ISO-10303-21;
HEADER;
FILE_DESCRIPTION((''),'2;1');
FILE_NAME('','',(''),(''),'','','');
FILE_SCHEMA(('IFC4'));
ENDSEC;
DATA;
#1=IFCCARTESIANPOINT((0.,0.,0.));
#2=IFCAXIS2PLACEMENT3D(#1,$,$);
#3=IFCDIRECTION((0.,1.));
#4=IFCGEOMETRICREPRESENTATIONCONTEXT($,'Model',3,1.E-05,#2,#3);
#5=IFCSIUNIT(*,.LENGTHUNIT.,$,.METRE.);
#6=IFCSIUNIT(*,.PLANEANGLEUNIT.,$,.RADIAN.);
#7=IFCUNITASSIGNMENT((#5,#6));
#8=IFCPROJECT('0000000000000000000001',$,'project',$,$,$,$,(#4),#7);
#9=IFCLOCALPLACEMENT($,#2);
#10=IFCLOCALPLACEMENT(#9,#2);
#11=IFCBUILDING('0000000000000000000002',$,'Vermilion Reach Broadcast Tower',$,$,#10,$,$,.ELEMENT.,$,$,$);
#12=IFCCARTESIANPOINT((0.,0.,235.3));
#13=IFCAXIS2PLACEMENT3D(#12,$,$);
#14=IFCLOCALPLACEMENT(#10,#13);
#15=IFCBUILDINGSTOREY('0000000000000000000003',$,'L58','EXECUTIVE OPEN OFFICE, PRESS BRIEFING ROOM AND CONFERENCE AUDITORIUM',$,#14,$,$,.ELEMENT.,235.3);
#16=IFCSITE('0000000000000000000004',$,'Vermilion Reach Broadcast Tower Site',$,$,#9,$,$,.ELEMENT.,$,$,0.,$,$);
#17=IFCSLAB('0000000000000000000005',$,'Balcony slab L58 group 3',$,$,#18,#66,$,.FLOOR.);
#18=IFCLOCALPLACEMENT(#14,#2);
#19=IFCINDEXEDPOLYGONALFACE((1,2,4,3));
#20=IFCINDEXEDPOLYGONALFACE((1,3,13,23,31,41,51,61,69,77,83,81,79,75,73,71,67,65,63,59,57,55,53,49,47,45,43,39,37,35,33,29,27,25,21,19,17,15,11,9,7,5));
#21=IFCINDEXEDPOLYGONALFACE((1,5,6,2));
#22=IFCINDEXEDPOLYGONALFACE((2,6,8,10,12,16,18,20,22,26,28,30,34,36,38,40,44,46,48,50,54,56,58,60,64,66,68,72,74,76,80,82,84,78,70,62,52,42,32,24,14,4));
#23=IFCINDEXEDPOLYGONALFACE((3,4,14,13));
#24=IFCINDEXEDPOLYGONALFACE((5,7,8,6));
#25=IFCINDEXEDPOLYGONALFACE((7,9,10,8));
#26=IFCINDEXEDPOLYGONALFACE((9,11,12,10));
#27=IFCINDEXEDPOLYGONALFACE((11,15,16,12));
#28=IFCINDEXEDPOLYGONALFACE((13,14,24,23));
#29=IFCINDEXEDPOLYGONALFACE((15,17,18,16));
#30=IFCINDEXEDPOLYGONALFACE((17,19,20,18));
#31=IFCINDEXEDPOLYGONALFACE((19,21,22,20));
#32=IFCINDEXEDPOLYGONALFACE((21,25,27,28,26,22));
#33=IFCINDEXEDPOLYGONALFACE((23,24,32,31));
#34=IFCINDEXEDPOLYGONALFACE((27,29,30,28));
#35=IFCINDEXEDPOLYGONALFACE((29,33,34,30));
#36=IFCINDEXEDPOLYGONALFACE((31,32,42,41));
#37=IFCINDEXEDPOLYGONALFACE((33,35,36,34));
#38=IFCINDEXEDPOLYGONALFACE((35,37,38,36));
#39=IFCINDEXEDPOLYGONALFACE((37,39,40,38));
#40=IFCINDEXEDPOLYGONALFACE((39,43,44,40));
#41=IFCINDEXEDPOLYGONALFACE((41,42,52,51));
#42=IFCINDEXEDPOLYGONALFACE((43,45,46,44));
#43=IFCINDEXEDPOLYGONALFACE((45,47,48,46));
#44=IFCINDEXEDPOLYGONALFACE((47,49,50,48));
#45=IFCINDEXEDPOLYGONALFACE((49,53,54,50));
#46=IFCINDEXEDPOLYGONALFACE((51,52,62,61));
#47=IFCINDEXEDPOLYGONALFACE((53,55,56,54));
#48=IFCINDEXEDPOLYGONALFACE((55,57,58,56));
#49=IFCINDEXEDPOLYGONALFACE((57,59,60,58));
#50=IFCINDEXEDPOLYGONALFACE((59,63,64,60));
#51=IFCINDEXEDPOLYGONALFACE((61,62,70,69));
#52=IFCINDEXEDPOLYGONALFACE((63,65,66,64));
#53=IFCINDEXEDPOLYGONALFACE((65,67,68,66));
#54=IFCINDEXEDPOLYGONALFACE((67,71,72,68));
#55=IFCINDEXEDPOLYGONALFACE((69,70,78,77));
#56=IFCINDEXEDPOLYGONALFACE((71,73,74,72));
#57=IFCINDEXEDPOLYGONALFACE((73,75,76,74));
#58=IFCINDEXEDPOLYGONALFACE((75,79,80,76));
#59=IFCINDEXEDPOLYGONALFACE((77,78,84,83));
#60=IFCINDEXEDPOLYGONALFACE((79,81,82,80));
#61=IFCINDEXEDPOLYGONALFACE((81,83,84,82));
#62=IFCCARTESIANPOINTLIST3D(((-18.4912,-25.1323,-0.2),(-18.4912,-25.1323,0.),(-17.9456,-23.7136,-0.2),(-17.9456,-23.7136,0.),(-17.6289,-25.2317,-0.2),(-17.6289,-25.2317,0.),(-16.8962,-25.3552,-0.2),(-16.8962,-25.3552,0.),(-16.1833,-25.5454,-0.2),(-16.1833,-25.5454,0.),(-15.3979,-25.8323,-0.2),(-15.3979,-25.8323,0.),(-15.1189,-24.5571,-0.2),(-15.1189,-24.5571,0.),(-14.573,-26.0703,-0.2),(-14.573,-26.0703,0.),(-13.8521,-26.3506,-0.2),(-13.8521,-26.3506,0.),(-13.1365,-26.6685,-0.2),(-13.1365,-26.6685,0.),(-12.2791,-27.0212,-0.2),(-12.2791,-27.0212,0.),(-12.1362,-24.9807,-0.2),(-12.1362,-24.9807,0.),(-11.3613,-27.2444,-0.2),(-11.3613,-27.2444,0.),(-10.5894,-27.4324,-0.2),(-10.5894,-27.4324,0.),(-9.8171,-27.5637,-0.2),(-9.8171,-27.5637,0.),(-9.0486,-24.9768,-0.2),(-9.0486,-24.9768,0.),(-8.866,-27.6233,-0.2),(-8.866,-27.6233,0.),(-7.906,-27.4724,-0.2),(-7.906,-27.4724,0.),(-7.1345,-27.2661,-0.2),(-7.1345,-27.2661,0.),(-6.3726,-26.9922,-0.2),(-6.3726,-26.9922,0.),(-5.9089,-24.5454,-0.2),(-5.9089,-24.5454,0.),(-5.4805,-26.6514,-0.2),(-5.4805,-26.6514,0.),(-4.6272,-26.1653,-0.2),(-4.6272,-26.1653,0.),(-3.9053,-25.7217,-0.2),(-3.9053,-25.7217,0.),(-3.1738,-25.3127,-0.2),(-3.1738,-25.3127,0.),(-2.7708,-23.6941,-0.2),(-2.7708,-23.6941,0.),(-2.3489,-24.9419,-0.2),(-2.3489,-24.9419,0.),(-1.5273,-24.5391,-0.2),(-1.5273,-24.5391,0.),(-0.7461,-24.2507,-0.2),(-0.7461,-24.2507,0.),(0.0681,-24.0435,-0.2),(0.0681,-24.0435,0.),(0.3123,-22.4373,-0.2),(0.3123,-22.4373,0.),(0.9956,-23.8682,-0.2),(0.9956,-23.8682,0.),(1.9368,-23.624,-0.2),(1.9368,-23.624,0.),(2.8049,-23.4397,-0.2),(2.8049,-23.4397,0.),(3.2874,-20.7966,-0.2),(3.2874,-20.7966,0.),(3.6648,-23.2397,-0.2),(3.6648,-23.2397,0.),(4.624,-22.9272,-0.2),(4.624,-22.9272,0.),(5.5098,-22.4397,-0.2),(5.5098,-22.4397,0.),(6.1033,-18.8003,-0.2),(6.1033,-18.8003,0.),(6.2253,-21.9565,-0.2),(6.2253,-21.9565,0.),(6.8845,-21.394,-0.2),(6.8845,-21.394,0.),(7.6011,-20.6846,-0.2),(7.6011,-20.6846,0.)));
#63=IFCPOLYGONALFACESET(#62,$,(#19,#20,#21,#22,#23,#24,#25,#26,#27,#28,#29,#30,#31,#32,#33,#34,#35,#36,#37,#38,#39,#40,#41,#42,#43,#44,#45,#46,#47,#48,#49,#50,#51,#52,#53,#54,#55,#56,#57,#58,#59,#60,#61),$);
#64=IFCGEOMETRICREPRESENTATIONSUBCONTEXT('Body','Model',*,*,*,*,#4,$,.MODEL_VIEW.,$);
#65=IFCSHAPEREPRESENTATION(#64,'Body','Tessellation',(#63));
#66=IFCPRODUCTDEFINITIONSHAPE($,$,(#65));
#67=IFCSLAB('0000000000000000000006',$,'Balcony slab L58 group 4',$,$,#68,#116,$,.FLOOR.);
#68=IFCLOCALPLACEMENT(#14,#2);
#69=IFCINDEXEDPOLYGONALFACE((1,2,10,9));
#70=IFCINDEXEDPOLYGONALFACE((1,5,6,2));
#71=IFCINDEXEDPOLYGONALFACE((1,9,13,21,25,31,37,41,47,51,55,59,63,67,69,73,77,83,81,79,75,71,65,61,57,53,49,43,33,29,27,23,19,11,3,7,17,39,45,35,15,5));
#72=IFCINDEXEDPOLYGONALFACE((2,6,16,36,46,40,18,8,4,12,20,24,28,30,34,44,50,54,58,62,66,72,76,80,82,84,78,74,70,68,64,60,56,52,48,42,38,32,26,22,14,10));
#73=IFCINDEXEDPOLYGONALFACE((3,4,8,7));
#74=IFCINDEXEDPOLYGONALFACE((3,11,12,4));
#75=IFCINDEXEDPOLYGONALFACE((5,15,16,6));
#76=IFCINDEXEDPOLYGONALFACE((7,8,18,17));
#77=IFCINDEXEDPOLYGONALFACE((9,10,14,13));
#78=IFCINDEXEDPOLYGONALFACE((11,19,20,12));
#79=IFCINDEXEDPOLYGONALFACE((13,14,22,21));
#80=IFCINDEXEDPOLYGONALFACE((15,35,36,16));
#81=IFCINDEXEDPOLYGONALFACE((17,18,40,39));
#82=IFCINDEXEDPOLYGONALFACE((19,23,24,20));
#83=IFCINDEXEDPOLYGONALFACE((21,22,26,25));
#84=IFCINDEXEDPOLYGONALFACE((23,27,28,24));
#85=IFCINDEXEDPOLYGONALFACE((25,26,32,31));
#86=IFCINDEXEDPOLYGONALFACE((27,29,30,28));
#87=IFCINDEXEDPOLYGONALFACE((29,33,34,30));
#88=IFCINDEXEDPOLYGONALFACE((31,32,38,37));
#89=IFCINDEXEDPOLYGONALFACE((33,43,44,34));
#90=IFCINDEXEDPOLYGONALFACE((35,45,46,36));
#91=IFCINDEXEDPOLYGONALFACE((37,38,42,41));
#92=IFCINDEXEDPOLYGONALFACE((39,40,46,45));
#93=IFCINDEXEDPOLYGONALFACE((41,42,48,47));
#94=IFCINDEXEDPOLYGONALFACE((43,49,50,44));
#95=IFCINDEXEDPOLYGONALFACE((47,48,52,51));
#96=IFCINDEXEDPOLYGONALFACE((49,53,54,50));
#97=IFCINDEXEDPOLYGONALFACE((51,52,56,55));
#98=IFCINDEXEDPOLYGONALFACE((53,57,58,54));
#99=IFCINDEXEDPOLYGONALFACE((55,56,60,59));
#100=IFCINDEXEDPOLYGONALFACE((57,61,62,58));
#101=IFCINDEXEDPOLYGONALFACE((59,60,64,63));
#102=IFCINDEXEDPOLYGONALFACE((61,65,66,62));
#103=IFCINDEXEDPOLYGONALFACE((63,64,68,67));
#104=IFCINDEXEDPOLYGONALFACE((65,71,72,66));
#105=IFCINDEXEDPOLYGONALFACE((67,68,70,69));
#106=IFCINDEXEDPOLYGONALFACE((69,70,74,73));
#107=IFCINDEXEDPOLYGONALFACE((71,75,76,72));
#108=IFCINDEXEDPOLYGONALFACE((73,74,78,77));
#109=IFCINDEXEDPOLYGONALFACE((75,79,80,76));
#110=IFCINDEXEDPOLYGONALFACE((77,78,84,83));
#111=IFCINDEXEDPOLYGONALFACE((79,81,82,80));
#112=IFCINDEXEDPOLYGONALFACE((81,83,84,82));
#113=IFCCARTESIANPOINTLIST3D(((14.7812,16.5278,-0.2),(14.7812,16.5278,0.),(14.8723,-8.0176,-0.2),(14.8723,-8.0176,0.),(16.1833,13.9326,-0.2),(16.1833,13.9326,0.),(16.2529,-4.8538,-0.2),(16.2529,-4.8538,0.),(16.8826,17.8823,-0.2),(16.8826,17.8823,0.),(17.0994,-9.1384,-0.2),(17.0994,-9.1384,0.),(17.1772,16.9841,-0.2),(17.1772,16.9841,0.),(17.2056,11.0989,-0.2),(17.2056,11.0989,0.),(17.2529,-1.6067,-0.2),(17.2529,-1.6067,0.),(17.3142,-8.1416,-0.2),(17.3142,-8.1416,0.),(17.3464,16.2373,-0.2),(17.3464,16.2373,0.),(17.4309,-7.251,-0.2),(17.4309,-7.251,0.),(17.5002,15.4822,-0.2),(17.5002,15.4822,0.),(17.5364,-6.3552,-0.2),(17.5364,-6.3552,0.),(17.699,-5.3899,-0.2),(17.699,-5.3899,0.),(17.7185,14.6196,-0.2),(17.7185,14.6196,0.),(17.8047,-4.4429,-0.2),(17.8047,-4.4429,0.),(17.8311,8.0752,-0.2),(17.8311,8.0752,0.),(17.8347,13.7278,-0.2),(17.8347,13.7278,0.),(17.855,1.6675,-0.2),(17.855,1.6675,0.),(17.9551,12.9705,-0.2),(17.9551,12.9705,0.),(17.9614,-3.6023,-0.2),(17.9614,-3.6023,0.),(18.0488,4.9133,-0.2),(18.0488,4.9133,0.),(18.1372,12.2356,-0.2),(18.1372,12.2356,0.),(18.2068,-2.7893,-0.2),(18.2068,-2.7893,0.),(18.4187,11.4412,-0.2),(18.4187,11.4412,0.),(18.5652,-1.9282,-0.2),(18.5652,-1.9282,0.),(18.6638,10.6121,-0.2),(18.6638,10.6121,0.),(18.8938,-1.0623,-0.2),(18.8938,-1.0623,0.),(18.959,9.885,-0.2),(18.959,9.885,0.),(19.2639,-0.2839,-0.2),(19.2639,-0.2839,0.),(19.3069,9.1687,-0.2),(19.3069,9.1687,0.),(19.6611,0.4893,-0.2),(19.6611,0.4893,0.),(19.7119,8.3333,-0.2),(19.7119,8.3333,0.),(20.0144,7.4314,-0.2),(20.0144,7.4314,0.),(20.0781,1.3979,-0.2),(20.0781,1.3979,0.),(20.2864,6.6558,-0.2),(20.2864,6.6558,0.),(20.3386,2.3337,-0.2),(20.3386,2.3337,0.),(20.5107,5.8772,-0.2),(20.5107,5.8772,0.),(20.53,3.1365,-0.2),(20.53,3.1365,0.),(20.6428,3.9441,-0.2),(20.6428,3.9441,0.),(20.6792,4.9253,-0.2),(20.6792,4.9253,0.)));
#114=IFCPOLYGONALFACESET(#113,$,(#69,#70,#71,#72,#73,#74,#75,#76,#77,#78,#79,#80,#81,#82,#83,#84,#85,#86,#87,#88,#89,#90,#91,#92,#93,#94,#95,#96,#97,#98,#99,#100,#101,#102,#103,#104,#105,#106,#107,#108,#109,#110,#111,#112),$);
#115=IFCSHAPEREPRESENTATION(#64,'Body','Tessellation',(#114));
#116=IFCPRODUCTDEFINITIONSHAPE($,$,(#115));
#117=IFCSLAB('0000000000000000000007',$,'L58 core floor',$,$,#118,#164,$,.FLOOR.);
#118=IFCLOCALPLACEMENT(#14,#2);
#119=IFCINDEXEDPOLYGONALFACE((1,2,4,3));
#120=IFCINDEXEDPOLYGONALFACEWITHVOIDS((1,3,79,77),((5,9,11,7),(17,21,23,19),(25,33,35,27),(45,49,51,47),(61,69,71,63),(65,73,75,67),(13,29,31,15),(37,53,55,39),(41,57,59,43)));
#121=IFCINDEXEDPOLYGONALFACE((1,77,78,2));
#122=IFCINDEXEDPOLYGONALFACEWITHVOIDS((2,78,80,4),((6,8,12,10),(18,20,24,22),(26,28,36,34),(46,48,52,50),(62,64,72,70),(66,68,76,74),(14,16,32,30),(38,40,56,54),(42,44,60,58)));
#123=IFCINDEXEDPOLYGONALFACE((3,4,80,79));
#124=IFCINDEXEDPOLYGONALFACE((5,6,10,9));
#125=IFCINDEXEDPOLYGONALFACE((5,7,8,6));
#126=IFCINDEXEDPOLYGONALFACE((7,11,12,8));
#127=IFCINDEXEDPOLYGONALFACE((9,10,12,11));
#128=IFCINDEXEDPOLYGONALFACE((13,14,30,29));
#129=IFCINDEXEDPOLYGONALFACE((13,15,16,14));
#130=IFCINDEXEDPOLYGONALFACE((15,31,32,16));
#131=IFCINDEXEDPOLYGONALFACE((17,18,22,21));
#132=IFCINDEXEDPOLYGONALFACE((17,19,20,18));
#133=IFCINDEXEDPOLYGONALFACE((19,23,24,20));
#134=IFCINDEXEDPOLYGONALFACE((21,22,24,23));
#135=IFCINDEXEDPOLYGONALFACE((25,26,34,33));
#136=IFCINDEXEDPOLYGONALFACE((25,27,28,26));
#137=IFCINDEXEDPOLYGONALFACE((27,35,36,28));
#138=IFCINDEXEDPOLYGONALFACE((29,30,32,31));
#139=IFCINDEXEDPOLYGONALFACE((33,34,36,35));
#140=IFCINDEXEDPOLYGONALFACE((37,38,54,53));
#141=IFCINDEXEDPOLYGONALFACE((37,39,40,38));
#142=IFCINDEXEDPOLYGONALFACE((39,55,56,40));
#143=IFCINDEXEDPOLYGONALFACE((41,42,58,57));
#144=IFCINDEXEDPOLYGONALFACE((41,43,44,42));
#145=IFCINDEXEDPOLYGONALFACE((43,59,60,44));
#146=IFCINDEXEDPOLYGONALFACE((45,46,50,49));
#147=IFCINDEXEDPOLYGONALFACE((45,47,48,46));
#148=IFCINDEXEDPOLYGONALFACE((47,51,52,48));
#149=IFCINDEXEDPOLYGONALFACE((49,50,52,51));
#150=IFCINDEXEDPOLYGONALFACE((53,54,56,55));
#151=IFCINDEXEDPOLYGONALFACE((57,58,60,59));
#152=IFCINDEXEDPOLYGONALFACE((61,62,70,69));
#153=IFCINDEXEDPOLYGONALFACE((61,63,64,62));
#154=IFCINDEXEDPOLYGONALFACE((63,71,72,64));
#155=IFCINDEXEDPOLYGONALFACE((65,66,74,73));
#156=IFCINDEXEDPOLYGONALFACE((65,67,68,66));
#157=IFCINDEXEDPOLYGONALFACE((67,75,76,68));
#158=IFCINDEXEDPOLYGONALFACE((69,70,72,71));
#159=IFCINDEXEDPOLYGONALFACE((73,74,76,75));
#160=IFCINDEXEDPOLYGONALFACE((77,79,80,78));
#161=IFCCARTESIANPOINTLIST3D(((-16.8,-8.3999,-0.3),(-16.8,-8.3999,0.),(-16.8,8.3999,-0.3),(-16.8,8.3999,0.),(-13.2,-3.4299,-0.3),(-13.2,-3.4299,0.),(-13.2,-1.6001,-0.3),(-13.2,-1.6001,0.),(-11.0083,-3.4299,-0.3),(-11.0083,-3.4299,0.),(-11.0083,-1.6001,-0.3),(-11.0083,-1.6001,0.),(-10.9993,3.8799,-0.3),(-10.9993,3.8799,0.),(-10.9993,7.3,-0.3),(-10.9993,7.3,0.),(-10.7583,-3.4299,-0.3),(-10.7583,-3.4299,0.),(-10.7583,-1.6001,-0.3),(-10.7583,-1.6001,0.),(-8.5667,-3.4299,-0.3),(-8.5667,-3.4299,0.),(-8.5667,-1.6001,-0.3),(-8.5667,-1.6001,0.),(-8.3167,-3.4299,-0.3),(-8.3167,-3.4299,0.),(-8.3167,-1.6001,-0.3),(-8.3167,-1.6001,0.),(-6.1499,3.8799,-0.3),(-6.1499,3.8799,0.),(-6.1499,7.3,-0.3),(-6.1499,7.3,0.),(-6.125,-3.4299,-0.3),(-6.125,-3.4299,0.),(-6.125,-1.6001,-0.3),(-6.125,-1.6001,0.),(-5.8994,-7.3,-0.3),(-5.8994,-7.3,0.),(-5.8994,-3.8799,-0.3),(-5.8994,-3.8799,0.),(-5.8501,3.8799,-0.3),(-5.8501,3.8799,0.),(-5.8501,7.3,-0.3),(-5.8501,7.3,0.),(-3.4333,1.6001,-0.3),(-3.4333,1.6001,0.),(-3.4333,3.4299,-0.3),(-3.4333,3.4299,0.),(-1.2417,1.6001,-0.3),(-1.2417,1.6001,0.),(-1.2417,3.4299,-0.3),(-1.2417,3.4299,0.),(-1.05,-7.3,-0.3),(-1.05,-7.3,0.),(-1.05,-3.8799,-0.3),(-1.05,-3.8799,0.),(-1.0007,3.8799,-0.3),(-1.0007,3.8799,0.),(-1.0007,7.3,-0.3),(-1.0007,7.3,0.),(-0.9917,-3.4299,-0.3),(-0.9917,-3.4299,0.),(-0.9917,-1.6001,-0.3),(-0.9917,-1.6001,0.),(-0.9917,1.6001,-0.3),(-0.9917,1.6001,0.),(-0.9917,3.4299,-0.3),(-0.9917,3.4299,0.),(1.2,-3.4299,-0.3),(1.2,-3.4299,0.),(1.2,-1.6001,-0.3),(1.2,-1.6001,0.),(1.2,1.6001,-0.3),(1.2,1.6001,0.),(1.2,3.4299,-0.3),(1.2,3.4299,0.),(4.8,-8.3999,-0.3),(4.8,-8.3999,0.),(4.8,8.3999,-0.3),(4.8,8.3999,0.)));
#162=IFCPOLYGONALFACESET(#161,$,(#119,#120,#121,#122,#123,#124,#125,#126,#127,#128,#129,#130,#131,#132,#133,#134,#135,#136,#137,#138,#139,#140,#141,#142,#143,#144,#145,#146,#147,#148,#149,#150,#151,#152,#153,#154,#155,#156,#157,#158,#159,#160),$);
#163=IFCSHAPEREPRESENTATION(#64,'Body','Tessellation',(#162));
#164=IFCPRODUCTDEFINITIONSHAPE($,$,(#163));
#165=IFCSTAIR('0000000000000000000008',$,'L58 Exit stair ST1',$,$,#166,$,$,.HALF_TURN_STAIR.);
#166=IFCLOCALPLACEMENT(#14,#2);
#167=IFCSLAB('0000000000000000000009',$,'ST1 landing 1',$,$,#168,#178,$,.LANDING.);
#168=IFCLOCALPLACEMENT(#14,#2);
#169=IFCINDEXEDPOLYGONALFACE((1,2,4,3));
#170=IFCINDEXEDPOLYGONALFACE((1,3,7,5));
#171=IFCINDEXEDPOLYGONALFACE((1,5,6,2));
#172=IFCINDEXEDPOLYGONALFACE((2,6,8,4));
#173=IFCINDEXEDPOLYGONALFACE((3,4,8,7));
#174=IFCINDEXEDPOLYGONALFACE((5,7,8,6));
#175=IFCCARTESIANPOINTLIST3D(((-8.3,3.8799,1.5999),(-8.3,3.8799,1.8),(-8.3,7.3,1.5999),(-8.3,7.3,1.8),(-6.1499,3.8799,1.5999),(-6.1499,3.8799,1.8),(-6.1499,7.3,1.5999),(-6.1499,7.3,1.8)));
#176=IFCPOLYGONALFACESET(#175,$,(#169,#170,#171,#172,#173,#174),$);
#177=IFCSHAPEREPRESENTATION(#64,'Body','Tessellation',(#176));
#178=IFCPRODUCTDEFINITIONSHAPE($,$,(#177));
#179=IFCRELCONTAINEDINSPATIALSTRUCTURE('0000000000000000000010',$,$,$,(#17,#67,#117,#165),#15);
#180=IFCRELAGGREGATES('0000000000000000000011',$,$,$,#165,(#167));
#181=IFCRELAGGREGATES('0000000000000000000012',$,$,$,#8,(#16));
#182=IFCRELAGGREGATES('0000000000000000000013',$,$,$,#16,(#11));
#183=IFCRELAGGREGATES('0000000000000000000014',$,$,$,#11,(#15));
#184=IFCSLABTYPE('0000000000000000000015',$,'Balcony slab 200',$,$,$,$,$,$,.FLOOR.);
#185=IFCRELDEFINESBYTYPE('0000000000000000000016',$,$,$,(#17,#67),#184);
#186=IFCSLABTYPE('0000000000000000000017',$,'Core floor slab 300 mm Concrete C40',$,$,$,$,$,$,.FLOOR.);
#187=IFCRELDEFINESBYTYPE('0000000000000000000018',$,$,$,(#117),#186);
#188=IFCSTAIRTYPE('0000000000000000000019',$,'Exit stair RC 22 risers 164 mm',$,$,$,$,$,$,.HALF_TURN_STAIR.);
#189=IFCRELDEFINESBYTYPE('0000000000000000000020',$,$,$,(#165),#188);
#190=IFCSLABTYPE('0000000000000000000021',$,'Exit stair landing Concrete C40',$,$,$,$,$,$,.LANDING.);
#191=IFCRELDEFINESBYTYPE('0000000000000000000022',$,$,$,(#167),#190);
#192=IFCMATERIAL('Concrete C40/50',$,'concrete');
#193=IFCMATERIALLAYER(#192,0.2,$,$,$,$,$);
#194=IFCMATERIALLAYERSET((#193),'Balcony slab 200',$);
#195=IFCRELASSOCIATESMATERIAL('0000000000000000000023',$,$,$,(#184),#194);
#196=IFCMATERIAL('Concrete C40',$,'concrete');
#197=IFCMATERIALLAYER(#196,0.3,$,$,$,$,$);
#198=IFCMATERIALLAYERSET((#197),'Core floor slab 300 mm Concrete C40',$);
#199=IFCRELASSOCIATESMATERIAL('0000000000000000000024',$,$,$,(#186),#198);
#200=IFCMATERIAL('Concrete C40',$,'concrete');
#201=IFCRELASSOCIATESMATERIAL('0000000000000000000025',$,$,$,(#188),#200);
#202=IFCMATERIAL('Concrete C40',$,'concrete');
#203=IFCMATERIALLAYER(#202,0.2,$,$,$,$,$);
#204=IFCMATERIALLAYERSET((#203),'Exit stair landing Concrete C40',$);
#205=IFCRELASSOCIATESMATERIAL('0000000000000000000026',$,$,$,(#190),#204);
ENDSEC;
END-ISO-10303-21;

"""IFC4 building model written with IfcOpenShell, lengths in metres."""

from ifc_helpers import new_model, si_unit, direction, frame, origin, place, context, subcontext, project, spatial, polyline, outline, extrude, material, layer, layer_set, type_object, element, aggregate, save


model = new_model("IFC4")

# Units and contexts
model_context = context("Model", 3, precision=1e-05, world=origin(), true_north=direction((0.0, 1.0)))
body_context = subcontext(model_context, "Body", "Model", "MODEL_VIEW")
ifc_project = project(units=[si_unit("LENGTHUNIT", "METRE"), si_unit("PLANEANGLEUNIT", "RADIAN")], contexts=[model_context])

# Site, building, storey
site_placement = place(None, origin())
site = spatial("IfcSite", under=ifc_project, at=site_placement, Name="Vermilion Reach Broadcast Tower Site", CompositionType="ELEMENT", RefElevation=0.0)
building_placement = place(site_placement, origin())
building = spatial("IfcBuilding", under=site, at=building_placement, Name="Vermilion Reach Broadcast Tower", CompositionType="ELEMENT")
storey_placement = place(building_placement, frame((0.0, 0.0, 235.3)))
storey = spatial("IfcBuildingStorey", under=building, at=storey_placement, Name="L58", Description="EXECUTIVE OPEN OFFICE, PRESS BRIEFING ROOM AND CONFERENCE AUDITORIUM", CompositionType="ELEMENT", Elevation=235.3)

# Slabs
ifc_material_1 = material(Name="Concrete C40/50", Category="concrete")
ifc_layer_1 = layer(ifc_material_1, 0.2)
ifc_layer_set_1 = layer_set([ifc_layer_1], Name="Balcony slab 200")
slab_type_1 = type_object("IfcSlabType", Name="Balcony slab 200", PredefinedType="FLOOR", material=ifc_layer_set_1)
placement_1 = place(storey_placement, frame((0.0, 0.0, -0.2)))
element("IfcSlab", 1, at=placement_1, inside=storey, type_object=slab_type_1, Name="Balcony slab L58 group 3", PredefinedType="FLOOR", context=body_context, shape_type="SweptSolid", body=[
    extrude(outline(polyline([(-17.9456, -23.7136), (-15.1189, -24.5571), (-12.1362, -24.9807), (-9.0486, -24.9768), (-5.9089, -24.5454), (-2.7708, -23.6941), (0.3123, -22.4373), (3.2874, -20.7966), (6.1033, -18.8003), (7.6011, -20.6846), (6.8845, -21.394), (6.2253, -21.9565), (5.5098, -22.4397), (4.624, -22.9272), (3.6648, -23.2397), (2.8049, -23.4397), (1.9368, -23.624), (0.9956, -23.8682), (0.0681, -24.0435), (-0.7461, -24.2507), (-1.5273, -24.5391), (-2.3489, -24.9419), (-3.1738, -25.3127), (-3.9053, -25.7217), (-4.6272, -26.1653), (-5.4805, -26.6514), (-6.3726, -26.9922), (-7.1345, -27.2661), (-7.906, -27.4724), (-8.866, -27.6233), (-9.8171, -27.5637), (-10.5894, -27.4324), (-11.3613, -27.2444), (-12.2791, -27.0212), (-13.1365, -26.6685), (-13.8521, -26.3506), (-14.573, -26.0703), (-15.3979, -25.8323), (-16.1833, -25.5454), (-16.8962, -25.3552), (-17.6289, -25.2317), (-18.4912, -25.1323), (-17.9456, -23.7136)])), origin(), (0.0, 0.0, 1.0), 0.2),
])
element("IfcSlab", 2, at=placement_1, inside=storey, type_object=slab_type_1, Name="Balcony slab L58 group 4", PredefinedType="FLOOR", context=body_context, shape_type="SweptSolid", body=[
    extrude(outline(polyline([(14.8723, -8.0176), (16.2529, -4.8538), (17.2529, -1.6067), (17.855, 1.6675), (18.0488, 4.9133), (17.8311, 8.0752), (17.2056, 11.0989), (16.1833, 13.9326), (14.7812, 16.5278), (16.8826, 17.8823), (17.1772, 16.9841), (17.3464, 16.2373), (17.5002, 15.4822), (17.7185, 14.6196), (17.8347, 13.7278), (17.9551, 12.9705), (18.1372, 12.2356), (18.4187, 11.4412), (18.6638, 10.6121), (18.959, 9.885), (19.3069, 9.1687), (19.7119, 8.3333), (20.0144, 7.4314), (20.2864, 6.6558), (20.5107, 5.8772), (20.6792, 4.9253), (20.6428, 3.9441), (20.53, 3.1365), (20.3386, 2.3337), (20.0781, 1.3979), (19.6611, 0.4893), (19.2639, -0.2839), (18.8938, -1.0623), (18.5652, -1.9282), (18.2068, -2.7893), (17.9614, -3.6023), (17.8047, -4.4429), (17.699, -5.3899), (17.5364, -6.3552), (17.4309, -7.251), (17.3142, -8.1416), (17.0994, -9.1384), (14.8723, -8.0176)])), origin(), (0.0, 0.0, 1.0), 0.2),
])
ifc_material_2 = material(Name="Concrete C40", Category="concrete")
ifc_layer_2 = layer(ifc_material_2, 0.3)
ifc_layer_set_2 = layer_set([ifc_layer_2], Name="Core floor slab 300 mm Concrete C40")
slab_type_2 = type_object("IfcSlabType", Name="Core floor slab 300 mm Concrete C40", PredefinedType="FLOOR", material=ifc_layer_set_2)
slab_1_placement = place(storey_placement, frame((0.0, 0.0, -0.3)))
element("IfcSlab", 3, at=slab_1_placement, inside=storey, type_object=slab_type_2, Name="L58 core floor", PredefinedType="FLOOR", context=body_context, shape_type="SweptSolid", body=[
    extrude(outline(polyline([(-16.8, -8.3999), (4.8, -8.3999), (4.8, 8.3999), (-16.8, 8.3999), (-16.8, -8.3999)]), holes=[polyline([(-3.4333, 1.6001), (-1.2417, 1.6001), (-1.2417, 3.4299), (-3.4333, 3.4299), (-3.4333, 1.6001)]), polyline([(-0.9917, 1.6001), (1.2, 1.6001), (1.2, 3.4299), (-0.9917, 3.4299), (-0.9917, 1.6001)]), polyline([(-13.2, -3.4299), (-11.0083, -3.4299), (-11.0083, -1.6001), (-13.2, -1.6001), (-13.2, -3.4299)]), polyline([(-10.7583, -3.4299), (-8.5667, -3.4299), (-8.5667, -1.6001), (-10.7583, -1.6001), (-10.7583, -3.4299)]), polyline([(-8.3167, -3.4299), (-6.125, -3.4299), (-6.125, -1.6001), (-8.3167, -1.6001), (-8.3167, -3.4299)]), polyline([(-0.9917, -3.4299), (1.2, -3.4299), (1.2, -1.6001), (-0.9917, -1.6001), (-0.9917, -3.4299)]), polyline([(-10.9993, 3.8799), (-6.1499, 3.8799), (-6.1499, 7.3), (-10.9993, 7.3), (-10.9993, 3.8799)]), polyline([(-1.0007, 7.3), (-5.8501, 7.3), (-5.8501, 3.8799), (-1.0007, 3.8799), (-1.0007, 7.3)]), polyline([(-5.8994, -7.3), (-1.05, -7.3), (-1.05, -3.8799), (-5.8994, -3.8799), (-5.8994, -7.3)])]), origin(), (0.0, 0.0, 1.0), 0.3),
])

# Stair, slab
ifc_material_3 = material(Name="Concrete C40", Category="concrete")
stair_type = type_object("IfcStairType", Name="Exit stair RC 22 risers 164 mm", PredefinedType="HALF_TURN_STAIR", material=ifc_material_3)
placement_2 = place(storey_placement, origin())
stair_1 = element("IfcStair", 4, at=placement_2, inside=storey, type_object=stair_type, Name="L58 Exit stair ST1", PredefinedType="HALF_TURN_STAIR")
ifc_material_4 = material(Name="Concrete C40", Category="concrete")
ifc_layer_3 = layer(ifc_material_4, 0.2)
ifc_layer_set_3 = layer_set([ifc_layer_3], Name="Exit stair landing Concrete C40")
slab_type_3 = type_object("IfcSlabType", Name="Exit stair landing Concrete C40", PredefinedType="LANDING", material=ifc_layer_set_3)
placement_3 = place(storey_placement, frame((0.0, 0.0, 1.5999)))
slab_2 = element("IfcSlab", 5, at=placement_3, type_object=slab_type_3, Name="ST1 landing 1", PredefinedType="LANDING", context=body_context, shape_type="SweptSolid", body=[
    extrude(outline(polyline([(-8.3, 3.8799), (-6.1499, 3.8799), (-6.1499, 7.3), (-8.3, 7.3), (-8.3, 3.8799)])), origin(), (0.0, 0.0, 1.0), 0.2002),
])
aggregate(stair_1, [slab_2])

save(model, "model.ifc")
